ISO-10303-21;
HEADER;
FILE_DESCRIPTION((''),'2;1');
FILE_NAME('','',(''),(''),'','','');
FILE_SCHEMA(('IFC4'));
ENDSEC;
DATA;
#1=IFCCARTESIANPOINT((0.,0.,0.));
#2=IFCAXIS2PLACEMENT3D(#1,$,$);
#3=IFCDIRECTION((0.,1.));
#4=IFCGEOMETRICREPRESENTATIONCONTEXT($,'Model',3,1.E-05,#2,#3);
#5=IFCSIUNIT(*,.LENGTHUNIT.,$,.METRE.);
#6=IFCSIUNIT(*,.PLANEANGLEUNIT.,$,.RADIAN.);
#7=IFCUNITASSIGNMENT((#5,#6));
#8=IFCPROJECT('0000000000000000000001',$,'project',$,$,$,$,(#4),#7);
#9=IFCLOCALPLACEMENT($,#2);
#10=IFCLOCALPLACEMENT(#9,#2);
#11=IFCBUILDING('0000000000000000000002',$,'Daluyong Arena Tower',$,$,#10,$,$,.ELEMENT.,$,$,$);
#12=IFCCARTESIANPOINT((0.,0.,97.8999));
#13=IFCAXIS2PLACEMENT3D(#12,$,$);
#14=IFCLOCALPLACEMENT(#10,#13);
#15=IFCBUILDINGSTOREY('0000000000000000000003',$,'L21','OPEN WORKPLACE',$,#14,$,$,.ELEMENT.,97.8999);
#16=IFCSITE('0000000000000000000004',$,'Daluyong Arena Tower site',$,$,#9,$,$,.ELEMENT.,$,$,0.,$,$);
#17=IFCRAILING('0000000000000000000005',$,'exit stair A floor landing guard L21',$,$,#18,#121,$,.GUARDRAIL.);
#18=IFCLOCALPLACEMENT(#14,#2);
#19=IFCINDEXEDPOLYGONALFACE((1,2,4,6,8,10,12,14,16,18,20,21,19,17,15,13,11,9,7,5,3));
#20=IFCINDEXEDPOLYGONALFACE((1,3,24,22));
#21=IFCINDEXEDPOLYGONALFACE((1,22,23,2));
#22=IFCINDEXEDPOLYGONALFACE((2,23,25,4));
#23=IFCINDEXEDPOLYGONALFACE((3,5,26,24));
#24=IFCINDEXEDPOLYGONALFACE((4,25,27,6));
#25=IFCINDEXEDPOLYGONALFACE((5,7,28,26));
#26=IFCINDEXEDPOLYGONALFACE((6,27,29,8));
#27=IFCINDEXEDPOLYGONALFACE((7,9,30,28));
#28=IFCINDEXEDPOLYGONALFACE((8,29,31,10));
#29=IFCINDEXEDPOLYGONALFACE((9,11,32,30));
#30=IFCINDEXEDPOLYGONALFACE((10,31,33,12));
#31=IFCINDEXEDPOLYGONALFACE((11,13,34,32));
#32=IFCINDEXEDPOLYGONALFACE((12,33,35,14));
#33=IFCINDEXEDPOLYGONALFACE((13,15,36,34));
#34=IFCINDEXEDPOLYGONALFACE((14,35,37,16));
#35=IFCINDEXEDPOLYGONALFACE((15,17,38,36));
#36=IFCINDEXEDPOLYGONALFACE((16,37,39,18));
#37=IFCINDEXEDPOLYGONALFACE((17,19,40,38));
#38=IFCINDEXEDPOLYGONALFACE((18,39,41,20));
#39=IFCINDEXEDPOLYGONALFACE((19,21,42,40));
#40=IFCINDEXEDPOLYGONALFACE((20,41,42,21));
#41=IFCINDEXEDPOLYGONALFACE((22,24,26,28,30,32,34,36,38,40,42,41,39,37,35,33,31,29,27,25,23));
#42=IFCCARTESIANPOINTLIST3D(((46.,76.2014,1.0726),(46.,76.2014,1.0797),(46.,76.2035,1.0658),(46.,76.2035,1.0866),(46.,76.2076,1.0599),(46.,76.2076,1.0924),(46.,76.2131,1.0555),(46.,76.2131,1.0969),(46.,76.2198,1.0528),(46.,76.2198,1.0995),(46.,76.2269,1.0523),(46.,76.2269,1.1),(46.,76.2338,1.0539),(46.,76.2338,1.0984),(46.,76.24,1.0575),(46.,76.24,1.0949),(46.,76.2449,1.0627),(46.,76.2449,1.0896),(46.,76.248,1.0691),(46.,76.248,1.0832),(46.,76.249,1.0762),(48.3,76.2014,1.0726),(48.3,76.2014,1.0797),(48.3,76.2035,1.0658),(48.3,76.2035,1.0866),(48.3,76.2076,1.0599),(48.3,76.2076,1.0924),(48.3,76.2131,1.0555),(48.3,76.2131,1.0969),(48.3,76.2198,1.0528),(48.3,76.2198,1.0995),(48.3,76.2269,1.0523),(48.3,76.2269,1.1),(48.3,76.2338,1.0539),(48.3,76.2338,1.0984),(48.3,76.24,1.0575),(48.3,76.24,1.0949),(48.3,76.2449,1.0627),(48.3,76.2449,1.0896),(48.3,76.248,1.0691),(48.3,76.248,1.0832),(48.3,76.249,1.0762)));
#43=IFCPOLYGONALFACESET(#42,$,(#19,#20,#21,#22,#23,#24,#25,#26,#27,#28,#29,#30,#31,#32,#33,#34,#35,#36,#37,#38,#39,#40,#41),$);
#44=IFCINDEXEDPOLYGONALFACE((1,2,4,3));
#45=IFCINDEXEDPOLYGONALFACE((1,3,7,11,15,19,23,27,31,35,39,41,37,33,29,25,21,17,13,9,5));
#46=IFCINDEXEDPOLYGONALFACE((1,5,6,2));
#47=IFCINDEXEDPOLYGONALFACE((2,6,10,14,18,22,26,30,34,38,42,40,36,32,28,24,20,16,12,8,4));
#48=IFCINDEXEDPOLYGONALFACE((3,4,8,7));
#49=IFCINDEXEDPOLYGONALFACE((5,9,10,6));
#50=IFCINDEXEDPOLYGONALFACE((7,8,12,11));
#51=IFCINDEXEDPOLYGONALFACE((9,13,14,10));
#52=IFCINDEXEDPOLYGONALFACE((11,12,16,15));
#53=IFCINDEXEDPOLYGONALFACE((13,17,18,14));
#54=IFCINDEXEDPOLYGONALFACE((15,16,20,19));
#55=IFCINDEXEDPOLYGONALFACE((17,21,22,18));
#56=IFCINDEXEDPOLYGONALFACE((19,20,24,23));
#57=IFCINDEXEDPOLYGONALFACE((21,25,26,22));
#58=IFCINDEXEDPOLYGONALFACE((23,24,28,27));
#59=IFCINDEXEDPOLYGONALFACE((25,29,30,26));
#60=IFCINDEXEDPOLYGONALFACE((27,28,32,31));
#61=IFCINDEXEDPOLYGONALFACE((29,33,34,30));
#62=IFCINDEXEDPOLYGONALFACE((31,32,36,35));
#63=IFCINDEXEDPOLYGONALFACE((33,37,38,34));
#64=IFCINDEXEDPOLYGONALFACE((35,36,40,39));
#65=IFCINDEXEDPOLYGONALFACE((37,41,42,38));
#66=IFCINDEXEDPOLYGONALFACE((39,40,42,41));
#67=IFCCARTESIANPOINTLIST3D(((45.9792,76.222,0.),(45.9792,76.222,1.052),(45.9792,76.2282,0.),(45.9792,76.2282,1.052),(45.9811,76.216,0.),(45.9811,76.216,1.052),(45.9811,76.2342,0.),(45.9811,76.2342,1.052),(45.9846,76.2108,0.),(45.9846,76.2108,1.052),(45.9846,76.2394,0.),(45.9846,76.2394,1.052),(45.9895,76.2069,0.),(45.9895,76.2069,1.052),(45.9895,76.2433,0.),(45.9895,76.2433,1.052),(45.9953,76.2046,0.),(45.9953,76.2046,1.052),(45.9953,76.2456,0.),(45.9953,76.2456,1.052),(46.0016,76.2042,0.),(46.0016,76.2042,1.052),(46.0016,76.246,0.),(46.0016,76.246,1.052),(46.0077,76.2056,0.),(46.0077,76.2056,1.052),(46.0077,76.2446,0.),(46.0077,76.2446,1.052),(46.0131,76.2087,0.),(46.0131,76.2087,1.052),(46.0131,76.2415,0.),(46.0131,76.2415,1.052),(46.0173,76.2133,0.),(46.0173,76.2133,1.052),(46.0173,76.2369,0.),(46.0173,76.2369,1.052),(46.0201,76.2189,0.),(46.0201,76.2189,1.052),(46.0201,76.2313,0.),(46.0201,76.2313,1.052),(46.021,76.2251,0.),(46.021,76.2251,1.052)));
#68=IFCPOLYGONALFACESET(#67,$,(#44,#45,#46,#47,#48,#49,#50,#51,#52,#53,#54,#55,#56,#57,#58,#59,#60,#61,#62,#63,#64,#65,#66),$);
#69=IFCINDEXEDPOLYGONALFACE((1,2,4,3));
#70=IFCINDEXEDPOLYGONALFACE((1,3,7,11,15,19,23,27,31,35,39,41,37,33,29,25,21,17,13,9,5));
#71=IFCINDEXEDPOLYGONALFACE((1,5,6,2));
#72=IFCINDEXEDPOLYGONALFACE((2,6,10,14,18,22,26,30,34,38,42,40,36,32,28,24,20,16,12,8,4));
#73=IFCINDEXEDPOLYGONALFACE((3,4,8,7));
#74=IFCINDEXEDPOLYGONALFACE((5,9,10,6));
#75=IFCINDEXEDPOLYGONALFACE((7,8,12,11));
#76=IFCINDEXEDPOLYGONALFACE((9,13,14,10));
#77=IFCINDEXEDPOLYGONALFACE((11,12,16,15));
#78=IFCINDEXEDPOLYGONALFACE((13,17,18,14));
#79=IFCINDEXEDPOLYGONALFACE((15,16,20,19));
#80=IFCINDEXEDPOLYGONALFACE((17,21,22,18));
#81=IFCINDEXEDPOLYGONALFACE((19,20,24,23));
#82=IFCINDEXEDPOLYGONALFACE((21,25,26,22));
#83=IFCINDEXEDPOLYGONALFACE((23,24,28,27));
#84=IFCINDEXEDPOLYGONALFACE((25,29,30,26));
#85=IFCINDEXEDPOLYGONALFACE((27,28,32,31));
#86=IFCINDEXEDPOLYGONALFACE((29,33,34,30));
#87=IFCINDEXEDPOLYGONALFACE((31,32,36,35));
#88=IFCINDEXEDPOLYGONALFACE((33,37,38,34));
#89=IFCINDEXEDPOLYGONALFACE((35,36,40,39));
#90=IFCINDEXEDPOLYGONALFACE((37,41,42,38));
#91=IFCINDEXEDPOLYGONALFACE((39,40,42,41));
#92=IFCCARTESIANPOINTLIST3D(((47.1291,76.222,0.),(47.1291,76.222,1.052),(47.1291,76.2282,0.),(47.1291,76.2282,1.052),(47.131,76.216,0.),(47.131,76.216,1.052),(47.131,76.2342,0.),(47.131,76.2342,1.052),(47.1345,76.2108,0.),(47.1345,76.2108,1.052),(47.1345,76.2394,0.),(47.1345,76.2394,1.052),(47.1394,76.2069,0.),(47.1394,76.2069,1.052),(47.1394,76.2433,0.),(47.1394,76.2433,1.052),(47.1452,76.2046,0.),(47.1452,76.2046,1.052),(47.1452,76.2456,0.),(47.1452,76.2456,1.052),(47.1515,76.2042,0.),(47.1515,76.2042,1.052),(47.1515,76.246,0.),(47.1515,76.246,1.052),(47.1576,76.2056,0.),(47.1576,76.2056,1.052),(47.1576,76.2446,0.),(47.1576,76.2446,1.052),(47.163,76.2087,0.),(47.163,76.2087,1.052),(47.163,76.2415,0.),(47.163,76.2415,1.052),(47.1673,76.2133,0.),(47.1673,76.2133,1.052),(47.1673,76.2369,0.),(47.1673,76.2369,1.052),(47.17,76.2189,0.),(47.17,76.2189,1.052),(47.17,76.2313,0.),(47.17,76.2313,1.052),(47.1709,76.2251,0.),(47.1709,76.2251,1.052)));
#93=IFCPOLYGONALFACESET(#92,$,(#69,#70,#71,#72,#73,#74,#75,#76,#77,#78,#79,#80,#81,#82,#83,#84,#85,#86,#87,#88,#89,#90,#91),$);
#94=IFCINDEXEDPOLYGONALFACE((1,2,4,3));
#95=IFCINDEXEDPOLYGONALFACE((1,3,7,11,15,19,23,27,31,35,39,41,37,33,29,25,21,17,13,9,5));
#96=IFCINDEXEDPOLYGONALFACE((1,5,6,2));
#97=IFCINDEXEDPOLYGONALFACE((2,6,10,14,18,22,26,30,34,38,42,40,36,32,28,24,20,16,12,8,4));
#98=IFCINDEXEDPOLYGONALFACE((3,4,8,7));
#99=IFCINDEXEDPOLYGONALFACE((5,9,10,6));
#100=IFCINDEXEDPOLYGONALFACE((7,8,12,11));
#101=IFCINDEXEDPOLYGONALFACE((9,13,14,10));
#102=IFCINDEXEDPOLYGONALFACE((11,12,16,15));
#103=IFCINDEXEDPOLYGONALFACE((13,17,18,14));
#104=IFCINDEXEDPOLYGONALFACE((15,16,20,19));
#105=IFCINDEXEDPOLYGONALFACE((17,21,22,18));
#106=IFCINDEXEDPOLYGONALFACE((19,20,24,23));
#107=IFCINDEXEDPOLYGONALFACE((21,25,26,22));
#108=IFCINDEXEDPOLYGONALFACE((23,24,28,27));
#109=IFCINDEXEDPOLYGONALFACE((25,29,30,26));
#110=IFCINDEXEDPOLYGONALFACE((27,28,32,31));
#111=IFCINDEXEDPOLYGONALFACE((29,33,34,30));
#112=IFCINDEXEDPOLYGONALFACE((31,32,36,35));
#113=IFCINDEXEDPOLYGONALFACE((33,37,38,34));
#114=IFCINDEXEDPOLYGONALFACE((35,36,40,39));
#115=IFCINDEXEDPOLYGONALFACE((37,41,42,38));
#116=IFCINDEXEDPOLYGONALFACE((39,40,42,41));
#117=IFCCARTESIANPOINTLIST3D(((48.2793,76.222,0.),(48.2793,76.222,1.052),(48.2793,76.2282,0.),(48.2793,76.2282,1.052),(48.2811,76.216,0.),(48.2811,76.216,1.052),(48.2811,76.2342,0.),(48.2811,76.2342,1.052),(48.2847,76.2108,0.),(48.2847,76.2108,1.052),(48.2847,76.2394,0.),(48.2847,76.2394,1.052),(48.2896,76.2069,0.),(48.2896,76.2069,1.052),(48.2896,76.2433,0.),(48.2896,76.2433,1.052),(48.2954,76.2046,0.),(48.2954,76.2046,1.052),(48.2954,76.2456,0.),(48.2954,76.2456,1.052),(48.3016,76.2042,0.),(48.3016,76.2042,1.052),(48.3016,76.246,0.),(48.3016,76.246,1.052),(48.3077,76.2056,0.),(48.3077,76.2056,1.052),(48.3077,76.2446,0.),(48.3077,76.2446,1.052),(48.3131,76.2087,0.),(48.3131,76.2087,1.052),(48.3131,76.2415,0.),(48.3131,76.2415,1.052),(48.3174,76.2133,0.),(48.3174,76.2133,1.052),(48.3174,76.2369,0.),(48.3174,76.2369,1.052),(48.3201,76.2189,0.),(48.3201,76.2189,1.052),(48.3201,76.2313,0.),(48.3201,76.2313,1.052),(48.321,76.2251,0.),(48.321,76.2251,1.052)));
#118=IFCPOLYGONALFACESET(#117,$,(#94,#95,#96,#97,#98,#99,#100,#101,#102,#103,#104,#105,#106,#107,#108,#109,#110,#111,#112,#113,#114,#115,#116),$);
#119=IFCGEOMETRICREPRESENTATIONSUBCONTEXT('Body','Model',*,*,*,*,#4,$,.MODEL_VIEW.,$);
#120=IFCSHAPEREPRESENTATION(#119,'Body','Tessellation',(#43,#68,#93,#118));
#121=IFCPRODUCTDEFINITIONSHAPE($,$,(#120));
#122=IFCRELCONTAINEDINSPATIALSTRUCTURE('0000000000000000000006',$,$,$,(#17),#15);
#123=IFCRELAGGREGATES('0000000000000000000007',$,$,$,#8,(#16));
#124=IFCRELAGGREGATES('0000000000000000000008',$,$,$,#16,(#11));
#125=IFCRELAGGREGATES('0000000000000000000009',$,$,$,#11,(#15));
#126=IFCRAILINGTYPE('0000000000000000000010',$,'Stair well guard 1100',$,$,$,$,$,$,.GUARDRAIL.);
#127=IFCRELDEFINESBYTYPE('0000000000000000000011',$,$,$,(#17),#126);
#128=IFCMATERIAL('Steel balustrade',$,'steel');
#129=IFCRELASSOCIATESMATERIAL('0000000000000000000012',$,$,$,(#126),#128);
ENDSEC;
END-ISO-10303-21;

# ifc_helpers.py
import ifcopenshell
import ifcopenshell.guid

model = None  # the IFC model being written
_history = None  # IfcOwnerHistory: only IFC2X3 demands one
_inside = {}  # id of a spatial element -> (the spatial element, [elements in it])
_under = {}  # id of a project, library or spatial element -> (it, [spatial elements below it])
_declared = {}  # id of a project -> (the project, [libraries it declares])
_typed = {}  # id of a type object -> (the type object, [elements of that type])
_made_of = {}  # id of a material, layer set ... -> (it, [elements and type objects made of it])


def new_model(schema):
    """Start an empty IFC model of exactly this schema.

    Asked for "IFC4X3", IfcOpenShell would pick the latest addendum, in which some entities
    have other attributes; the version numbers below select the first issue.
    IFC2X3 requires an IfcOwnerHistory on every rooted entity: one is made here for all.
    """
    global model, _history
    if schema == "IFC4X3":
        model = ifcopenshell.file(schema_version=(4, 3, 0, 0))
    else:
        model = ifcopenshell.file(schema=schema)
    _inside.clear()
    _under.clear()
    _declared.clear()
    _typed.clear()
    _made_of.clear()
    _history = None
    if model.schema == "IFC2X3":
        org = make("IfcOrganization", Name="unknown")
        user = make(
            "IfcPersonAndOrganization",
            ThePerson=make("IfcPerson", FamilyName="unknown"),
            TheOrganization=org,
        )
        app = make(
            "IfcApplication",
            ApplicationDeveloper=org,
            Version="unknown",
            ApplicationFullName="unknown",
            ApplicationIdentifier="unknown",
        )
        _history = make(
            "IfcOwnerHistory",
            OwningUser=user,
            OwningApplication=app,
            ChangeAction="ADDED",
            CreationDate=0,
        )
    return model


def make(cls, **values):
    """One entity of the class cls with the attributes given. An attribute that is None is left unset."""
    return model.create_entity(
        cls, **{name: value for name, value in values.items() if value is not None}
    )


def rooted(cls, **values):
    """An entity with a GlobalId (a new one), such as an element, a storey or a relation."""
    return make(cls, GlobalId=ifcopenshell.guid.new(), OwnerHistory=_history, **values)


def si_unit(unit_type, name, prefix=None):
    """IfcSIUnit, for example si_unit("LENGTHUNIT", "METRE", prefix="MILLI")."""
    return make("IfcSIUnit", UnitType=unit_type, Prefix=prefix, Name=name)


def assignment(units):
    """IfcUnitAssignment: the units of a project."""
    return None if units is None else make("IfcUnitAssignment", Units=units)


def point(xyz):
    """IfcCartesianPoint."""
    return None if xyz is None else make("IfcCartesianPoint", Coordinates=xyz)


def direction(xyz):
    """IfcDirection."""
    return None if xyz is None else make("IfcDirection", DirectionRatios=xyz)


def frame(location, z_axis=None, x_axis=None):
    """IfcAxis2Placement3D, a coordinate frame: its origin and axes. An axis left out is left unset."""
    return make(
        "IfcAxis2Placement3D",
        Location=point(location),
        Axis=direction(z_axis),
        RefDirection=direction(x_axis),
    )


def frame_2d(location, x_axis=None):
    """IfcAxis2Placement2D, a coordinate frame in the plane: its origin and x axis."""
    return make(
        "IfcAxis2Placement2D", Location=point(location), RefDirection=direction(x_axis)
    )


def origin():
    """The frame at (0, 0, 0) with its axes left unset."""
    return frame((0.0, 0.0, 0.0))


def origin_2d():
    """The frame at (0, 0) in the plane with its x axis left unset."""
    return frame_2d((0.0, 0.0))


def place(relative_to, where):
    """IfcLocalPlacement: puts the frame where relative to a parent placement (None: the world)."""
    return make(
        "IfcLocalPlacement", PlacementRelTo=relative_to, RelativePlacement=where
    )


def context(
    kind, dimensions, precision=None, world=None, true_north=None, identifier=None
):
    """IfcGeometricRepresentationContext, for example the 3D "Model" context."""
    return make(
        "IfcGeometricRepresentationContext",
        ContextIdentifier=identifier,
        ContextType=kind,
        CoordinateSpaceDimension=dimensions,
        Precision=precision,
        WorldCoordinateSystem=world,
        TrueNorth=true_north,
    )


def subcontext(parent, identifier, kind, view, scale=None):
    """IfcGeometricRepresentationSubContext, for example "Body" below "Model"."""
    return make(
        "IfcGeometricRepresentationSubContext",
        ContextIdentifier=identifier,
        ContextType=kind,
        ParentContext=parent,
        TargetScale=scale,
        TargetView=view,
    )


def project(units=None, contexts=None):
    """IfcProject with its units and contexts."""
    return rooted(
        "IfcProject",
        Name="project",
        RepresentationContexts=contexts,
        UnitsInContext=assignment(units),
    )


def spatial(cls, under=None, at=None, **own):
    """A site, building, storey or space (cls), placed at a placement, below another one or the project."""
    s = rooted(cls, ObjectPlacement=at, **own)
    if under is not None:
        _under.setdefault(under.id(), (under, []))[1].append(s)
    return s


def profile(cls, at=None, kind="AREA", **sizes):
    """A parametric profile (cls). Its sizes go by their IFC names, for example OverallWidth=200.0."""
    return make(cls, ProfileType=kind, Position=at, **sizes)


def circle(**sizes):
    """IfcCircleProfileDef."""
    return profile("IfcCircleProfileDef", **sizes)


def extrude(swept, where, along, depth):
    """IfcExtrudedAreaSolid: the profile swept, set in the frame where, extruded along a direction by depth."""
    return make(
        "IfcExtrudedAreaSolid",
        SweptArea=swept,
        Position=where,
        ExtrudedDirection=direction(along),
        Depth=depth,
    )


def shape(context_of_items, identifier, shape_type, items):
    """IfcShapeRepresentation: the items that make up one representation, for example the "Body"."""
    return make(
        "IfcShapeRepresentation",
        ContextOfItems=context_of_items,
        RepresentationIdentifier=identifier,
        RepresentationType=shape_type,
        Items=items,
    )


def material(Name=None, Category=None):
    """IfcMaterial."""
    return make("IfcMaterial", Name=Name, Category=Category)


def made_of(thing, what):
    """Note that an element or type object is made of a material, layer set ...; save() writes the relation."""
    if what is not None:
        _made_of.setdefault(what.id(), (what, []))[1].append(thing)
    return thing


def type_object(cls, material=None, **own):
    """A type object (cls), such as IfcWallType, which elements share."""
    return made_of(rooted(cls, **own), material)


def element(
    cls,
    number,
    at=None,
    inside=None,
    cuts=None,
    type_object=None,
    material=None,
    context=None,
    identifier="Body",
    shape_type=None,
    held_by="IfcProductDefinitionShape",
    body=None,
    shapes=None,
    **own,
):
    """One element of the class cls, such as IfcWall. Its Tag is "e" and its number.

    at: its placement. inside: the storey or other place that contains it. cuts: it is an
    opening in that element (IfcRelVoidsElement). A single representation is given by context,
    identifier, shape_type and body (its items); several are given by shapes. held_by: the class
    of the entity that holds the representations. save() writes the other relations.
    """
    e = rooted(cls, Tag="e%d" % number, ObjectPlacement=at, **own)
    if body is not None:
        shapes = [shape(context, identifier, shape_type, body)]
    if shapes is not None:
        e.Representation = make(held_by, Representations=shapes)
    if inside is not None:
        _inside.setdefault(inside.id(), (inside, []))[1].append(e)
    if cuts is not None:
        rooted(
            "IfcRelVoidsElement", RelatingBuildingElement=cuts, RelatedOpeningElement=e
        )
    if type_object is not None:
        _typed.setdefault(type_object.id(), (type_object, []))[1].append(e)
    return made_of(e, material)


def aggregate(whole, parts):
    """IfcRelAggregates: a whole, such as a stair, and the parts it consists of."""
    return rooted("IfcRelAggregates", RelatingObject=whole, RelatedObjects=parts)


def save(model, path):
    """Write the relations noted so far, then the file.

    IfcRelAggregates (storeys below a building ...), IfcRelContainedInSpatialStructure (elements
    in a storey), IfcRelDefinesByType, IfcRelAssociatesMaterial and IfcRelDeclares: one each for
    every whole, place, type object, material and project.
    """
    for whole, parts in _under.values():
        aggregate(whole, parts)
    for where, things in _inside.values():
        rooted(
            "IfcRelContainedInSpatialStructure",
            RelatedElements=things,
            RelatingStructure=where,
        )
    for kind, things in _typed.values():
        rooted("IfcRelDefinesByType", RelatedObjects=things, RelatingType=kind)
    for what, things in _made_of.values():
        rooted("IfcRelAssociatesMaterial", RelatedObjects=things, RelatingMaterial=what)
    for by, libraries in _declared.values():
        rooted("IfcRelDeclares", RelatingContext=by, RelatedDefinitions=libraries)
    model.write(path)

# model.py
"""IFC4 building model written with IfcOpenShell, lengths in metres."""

from ifc_helpers import new_model, si_unit, direction, frame, origin, origin_2d, place, context, subcontext, project, spatial, circle, extrude, material, type_object, element, save


model = new_model("IFC4")

# Units and contexts
model_context = context("Model", 3, precision=1e-05, world=origin(), true_north=direction((0.0, 1.0)))
body_context = subcontext(model_context, "Body", "Model", "MODEL_VIEW")
ifc_project = project(units=[si_unit("LENGTHUNIT", "METRE"), si_unit("PLANEANGLEUNIT", "RADIAN")], contexts=[model_context])

# Site, building, storey
site_placement = place(None, origin())
site = spatial("IfcSite", under=ifc_project, at=site_placement, Name="Daluyong Arena Tower site", CompositionType="ELEMENT", RefElevation=0.0)
building_placement = place(site_placement, origin())
building = spatial("IfcBuilding", under=site, at=building_placement, Name="Daluyong Arena Tower", CompositionType="ELEMENT")
storey_placement = place(building_placement, frame((0.0, 0.0, 97.8999)))
storey = spatial("IfcBuildingStorey", under=building, at=storey_placement, Name="L21", Description="OPEN WORKPLACE", CompositionType="ELEMENT", Elevation=97.8999)

# Railing
ifc_material_1 = material(Name="Steel balustrade", Category="steel")
railing_type = type_object("IfcRailingType", Name="Stair well guard 1100", PredefinedType="GUARDRAIL", material=ifc_material_1)
railing_1_placement = place(storey_placement, frame((46.0, 76.2251, 0.0)))
element("IfcRailing", 1, at=railing_1_placement, inside=storey, type_object=railing_type, Name="exit stair A floor landing guard L21", PredefinedType="GUARDRAIL", context=body_context, shape_type="SweptSolid", body=[
    extrude(circle(Radius=0.0239, at=origin_2d()), frame((0.0, 0.0, 1.0762), z_axis=(1.0, 0.0, 0.0), x_axis=(0.0, 1.0, 0.0)), (0.0, 0.0, 1.0), 2.3),
    extrude(circle(Radius=0.021, at=origin_2d()), origin(), (0.0, 0.0, 1.0), 1.052),
    extrude(circle(Radius=0.021, at=origin_2d()), frame((1.1499, 0.0, 0.0)), (0.0, 0.0, 1.0), 1.052),
    extrude(circle(Radius=0.021, at=origin_2d()), frame((2.3, 0.0, 0.0)), (0.0, 0.0, 1.0), 1.052),
])

save(model, "model.ifc")
